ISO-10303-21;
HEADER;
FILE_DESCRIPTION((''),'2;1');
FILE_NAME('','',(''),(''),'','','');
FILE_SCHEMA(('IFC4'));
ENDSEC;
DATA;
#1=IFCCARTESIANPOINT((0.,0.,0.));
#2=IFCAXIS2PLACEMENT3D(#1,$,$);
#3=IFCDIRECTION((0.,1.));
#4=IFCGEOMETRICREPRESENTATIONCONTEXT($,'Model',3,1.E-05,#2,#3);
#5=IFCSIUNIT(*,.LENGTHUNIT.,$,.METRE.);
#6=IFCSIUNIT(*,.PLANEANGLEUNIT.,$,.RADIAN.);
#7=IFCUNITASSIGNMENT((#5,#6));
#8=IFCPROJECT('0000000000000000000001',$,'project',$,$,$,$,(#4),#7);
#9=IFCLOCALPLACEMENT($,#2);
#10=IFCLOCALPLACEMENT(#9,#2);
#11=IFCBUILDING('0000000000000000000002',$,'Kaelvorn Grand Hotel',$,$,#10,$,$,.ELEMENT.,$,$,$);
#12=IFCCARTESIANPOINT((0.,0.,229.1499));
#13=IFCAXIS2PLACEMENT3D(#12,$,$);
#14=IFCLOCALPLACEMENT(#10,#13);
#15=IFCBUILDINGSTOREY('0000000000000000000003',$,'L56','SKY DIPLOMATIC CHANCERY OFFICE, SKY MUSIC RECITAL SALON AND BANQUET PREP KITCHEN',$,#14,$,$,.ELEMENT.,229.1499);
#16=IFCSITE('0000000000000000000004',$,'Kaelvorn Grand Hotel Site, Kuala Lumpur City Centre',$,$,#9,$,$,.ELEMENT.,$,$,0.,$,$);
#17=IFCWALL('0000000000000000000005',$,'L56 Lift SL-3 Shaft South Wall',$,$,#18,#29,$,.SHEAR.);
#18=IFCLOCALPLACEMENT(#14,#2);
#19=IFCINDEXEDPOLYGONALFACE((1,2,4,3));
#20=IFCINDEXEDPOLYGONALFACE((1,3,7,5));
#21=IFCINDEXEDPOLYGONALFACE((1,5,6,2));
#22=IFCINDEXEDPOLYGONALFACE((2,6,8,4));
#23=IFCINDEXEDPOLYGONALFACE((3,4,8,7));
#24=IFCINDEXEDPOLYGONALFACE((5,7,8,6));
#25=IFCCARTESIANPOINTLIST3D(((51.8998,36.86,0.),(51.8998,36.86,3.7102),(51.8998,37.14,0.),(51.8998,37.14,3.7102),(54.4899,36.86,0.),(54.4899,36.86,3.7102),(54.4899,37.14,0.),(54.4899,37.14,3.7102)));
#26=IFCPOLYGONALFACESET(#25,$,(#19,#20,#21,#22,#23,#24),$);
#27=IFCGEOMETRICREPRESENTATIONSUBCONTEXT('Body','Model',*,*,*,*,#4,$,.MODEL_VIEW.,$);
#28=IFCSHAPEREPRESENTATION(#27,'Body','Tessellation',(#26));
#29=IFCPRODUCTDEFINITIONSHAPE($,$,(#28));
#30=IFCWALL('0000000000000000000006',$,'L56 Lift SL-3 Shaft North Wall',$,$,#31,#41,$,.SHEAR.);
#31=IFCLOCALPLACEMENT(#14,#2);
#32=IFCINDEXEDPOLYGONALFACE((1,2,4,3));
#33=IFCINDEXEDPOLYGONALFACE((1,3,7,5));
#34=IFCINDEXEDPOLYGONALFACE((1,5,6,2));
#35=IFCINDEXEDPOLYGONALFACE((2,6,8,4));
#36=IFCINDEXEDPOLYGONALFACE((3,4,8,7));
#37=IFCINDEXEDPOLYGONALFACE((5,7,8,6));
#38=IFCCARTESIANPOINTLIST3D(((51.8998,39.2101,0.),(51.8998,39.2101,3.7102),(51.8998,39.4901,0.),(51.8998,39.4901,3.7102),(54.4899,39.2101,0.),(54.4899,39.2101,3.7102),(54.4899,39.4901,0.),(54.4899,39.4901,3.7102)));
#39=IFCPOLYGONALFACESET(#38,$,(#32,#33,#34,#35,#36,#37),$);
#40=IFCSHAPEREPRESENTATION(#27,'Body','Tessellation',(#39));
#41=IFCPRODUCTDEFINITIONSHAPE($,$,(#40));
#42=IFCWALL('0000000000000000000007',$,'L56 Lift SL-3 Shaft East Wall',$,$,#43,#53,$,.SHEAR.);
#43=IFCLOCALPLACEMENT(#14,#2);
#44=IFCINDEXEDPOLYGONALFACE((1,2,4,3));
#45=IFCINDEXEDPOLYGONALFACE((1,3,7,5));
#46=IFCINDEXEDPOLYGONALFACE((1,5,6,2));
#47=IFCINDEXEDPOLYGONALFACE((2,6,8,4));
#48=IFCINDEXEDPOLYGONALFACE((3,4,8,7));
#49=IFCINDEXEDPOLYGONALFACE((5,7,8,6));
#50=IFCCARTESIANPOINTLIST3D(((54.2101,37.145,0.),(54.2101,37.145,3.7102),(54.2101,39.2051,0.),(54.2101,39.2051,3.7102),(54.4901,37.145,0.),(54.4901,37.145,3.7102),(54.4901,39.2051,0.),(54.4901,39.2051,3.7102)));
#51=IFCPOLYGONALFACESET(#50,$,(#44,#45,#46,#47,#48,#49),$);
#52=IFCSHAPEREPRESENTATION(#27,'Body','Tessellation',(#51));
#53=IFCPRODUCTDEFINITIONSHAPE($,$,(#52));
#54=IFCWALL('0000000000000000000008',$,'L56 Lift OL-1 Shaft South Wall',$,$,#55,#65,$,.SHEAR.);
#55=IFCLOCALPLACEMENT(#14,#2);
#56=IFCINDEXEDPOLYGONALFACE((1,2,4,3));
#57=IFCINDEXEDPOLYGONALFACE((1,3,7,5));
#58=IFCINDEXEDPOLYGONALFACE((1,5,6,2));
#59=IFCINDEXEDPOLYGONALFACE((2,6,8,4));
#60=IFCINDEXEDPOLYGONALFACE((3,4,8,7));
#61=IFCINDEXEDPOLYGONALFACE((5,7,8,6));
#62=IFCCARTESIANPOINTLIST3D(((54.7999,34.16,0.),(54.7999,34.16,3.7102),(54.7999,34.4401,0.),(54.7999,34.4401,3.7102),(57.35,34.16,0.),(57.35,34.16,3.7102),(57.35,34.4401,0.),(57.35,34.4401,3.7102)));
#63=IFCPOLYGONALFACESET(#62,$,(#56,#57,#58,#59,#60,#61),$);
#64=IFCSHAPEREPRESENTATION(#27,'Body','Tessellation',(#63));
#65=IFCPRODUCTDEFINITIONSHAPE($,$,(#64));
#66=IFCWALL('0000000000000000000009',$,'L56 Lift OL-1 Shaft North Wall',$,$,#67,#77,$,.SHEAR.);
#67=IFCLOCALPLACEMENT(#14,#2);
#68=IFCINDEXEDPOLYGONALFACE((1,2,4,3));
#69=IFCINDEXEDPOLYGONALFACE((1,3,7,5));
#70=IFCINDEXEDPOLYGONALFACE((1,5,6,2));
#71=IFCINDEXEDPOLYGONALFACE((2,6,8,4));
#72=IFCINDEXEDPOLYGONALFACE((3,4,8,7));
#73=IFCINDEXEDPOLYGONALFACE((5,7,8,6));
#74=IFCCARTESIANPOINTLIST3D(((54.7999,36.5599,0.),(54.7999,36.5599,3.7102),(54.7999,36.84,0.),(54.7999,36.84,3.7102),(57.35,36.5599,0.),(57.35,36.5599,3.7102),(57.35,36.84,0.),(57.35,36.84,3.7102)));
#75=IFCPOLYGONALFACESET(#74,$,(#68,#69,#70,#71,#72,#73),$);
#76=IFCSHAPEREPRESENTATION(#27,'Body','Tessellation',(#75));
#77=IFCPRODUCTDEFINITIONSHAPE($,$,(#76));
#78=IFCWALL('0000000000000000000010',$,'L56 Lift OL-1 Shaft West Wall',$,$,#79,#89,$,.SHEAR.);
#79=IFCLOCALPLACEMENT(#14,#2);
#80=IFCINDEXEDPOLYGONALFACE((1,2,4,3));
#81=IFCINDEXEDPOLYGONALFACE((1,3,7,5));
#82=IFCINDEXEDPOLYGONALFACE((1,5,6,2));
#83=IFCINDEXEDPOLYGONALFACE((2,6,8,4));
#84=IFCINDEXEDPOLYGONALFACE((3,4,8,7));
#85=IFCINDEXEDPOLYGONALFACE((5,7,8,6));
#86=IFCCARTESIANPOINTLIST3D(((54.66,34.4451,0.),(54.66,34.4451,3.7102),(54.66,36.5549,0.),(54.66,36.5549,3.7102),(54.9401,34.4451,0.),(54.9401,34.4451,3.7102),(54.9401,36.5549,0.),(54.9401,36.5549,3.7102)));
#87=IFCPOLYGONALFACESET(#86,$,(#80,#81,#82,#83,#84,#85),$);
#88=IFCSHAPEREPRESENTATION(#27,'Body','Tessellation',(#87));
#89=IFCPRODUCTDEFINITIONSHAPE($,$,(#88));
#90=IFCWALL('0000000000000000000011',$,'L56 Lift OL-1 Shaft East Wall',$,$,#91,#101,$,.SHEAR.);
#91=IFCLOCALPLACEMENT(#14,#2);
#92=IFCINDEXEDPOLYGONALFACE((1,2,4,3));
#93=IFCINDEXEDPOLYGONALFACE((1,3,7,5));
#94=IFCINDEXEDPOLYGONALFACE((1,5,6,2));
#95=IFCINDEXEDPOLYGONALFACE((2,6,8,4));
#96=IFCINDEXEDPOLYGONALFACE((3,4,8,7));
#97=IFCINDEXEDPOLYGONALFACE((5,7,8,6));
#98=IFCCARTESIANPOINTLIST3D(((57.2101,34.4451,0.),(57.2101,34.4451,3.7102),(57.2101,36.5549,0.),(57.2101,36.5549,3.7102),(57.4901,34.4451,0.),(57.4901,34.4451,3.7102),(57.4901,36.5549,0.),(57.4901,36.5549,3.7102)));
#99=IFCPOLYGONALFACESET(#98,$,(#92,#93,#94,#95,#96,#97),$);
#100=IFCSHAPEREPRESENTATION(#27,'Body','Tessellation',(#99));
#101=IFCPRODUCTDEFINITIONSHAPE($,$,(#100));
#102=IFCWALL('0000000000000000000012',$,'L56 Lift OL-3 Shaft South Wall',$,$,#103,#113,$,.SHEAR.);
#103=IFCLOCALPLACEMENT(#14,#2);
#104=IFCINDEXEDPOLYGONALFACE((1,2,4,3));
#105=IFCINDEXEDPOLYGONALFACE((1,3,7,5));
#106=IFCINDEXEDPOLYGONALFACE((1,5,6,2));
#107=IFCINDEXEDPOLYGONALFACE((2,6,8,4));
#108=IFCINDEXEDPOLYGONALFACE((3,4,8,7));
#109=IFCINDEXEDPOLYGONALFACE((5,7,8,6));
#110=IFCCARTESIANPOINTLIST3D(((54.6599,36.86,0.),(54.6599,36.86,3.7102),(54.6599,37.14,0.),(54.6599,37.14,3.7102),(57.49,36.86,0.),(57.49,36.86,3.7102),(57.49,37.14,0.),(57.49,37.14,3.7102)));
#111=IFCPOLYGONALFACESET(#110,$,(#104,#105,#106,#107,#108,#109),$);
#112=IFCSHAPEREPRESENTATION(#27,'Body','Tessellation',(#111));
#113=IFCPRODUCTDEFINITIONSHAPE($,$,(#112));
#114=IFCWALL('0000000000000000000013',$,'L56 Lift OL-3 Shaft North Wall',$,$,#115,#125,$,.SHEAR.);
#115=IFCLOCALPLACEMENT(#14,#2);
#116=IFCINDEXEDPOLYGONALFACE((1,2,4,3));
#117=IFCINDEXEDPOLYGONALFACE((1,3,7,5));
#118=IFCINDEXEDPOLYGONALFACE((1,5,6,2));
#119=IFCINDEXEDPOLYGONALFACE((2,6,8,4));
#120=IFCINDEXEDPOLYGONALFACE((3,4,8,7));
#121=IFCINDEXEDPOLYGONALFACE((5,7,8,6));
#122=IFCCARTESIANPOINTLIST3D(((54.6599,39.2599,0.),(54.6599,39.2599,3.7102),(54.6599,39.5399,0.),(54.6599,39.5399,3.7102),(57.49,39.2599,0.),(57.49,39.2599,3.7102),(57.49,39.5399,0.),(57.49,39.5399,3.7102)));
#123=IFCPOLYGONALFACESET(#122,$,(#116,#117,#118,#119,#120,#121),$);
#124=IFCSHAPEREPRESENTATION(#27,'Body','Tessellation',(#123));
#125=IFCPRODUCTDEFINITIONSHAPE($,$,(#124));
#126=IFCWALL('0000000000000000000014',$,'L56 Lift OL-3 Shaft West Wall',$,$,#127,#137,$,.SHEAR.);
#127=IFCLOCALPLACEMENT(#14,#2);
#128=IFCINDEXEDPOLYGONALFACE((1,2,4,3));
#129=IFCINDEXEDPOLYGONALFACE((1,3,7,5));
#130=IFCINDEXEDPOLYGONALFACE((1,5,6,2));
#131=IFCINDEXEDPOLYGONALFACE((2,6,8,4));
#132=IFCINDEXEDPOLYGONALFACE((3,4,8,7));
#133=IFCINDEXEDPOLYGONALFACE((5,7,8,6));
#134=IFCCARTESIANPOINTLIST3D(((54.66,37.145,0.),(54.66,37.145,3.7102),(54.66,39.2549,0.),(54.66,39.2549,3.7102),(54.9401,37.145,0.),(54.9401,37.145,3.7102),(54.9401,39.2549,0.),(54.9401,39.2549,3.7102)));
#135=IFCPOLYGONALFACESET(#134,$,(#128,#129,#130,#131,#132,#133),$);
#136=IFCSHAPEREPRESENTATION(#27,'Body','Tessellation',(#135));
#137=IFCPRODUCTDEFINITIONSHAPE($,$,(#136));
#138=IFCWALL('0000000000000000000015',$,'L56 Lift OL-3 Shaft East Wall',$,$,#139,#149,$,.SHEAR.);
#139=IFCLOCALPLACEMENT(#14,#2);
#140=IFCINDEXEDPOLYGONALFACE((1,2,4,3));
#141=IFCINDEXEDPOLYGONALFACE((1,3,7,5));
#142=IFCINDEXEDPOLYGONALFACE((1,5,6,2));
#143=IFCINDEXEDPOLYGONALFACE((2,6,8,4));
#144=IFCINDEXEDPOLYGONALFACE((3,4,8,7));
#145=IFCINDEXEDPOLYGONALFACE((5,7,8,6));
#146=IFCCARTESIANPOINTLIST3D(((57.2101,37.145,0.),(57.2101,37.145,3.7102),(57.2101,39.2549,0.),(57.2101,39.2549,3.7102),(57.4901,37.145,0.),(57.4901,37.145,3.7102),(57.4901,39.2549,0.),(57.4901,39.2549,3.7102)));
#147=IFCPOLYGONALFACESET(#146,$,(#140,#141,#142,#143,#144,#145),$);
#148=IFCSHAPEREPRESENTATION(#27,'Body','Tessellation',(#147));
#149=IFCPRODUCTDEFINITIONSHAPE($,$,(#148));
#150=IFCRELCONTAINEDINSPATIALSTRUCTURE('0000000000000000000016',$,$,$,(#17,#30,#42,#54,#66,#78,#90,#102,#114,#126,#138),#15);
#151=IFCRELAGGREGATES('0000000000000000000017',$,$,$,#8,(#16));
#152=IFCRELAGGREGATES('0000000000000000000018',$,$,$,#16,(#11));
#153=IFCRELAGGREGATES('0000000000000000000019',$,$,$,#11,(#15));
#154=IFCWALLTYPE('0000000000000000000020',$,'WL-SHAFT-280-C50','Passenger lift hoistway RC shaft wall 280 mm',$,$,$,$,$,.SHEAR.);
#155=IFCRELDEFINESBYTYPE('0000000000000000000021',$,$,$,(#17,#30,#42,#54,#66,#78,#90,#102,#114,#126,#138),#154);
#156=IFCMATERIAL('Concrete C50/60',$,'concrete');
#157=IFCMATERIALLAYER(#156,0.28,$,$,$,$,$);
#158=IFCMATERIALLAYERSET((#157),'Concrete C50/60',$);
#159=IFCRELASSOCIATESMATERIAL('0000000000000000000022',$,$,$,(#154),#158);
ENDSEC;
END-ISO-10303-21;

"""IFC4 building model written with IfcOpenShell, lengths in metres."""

from ifc_helpers import new_model, si_unit, direction, frame, frame_2d, origin, place, context, subcontext, project, spatial, rectangle, extrude, material, layer, layer_set, type_object, element, save


model = new_model("IFC4")

# Units and contexts
model_context = context("Model", 3, precision=1e-05, world=origin(), true_north=direction((0.0, 1.0)))
body_context = subcontext(model_context, "Body", "Model", "MODEL_VIEW")
ifc_project = project(units=[si_unit("LENGTHUNIT", "METRE"), si_unit("PLANEANGLEUNIT", "RADIAN")], contexts=[model_context])

# Site, building, storey
site_placement = place(None, origin())
site = spatial("IfcSite", under=ifc_project, at=site_placement, Name="Kaelvorn Grand Hotel Site, Kuala Lumpur City Centre", CompositionType="ELEMENT", RefElevation=0.0)
building_placement = place(site_placement, origin())
building = spatial("IfcBuilding", under=site, at=building_placement, Name="Kaelvorn Grand Hotel", CompositionType="ELEMENT")
storey_placement = place(building_placement, frame((0.0, 0.0, 229.1499)))
storey = spatial("IfcBuildingStorey", under=building, at=storey_placement, Name="L56", Description="SKY DIPLOMATIC CHANCERY OFFICE, SKY MUSIC RECITAL SALON AND BANQUET PREP KITCHEN", CompositionType="ELEMENT", Elevation=229.1499)

# Shared definitions
ifc_material_1 = material(Name="Concrete C50/60", Category="concrete")

# Walls
ifc_layer_1 = layer(ifc_material_1, 0.28)
ifc_layer_set_1 = layer_set([ifc_layer_1], Name="Concrete C50/60")
wall_type_1 = type_object("IfcWallType", Name="WL-SHAFT-280-C50", Description="Passenger lift hoistway RC shaft wall 280 mm", PredefinedType="SHEAR", material=ifc_layer_set_1)
for number, where, z_axis, x_axis, name in (
    (1, (51.8999, 37.0, 0.0), (0.0, 0.0, 1.0), (1.0, 0.0, 0.0), "L56 Lift SL-3 Shaft South Wall"),
    (2, (51.8999, 39.3501, 0.0), (0.0, 0.0, 1.0), (1.0, 0.0, 0.0), "L56 Lift SL-3 Shaft North Wall"),
):
    element("IfcWall", number, at=place(storey_placement, frame(where, z_axis=z_axis, x_axis=x_axis)), inside=storey, type_object=wall_type_1, Name=name, PredefinedType="SHEAR", context=body_context, shape_type="SweptSolid", body=[
        extrude(rectangle(XDim=2.5901, YDim=0.28, at=frame_2d((1.2949, 0.0))), origin(), (0.0, 0.0, 1.0), 3.7102),
    ])
wall_1_placement = place(storey_placement, frame((54.3501, 37.145, 0.0), z_axis=(0.0, 0.0, 1.0), x_axis=(0.0, 1.0, 0.0)))
element("IfcWall", 3, at=wall_1_placement, inside=storey, type_object=wall_type_1, Name="L56 Lift SL-3 Shaft East Wall", PredefinedType="SHEAR", context=body_context, shape_type="SweptSolid", body=[
    extrude(rectangle(XDim=2.0601, YDim=0.28, at=frame_2d((1.03, 0.0))), origin(), (0.0, 0.0, 1.0), 3.7102),
])
for number, where, z_axis, x_axis, name in (
    (4, (54.8, 34.3, 0.0), (0.0, 0.0, 1.0), (1.0, 0.0, 0.0), "L56 Lift OL-1 Shaft South Wall"),
    (5, (54.8, 36.7, 0.0), (0.0, 0.0, 1.0), (1.0, 0.0, 0.0), "L56 Lift OL-1 Shaft North Wall"),
):
    element("IfcWall", number, at=place(storey_placement, frame(where, z_axis=z_axis, x_axis=x_axis)), inside=storey, type_object=wall_type_1, Name=name, PredefinedType="SHEAR", context=body_context, shape_type="SweptSolid", body=[
        extrude(rectangle(XDim=2.55, YDim=0.28, at=frame_2d((1.2749, 0.0))), origin(), (0.0, 0.0, 1.0), 3.7102),
    ])
for number, where, z_axis, x_axis, name in (
    (6, (54.8, 34.4451, 0.0), (0.0, 0.0, 1.0), (0.0, 1.0, 0.0), "L56 Lift OL-1 Shaft West Wall"),
    (7, (57.3501, 34.4451, 0.0), (0.0, 0.0, 1.0), (0.0, 1.0, 0.0), "L56 Lift OL-1 Shaft East Wall"),
):
    element("IfcWall", number, at=place(storey_placement, frame(where, z_axis=z_axis, x_axis=x_axis)), inside=storey, type_object=wall_type_1, Name=name, PredefinedType="SHEAR", context=body_context, shape_type="SweptSolid", body=[
        extrude(rectangle(XDim=2.1099, YDim=0.28, at=frame_2d((1.0549, 0.0))), origin(), (0.0, 0.0, 1.0), 3.7102),
    ])
for number, where, z_axis, x_axis, name in (
    (8, (54.6599, 37.0, 0.0), (0.0, 0.0, 1.0), (1.0, 0.0, 0.0), "L56 Lift OL-3 Shaft South Wall"),
    (9, (54.6599, 39.3999, 0.0), (0.0, 0.0, 1.0), (1.0, 0.0, 0.0), "L56 Lift OL-3 Shaft North Wall"),
):
    element("IfcWall", number, at=place(storey_placement, frame(where, z_axis=z_axis, x_axis=x_axis)), inside=storey, type_object=wall_type_1, Name=name, PredefinedType="SHEAR", context=body_context, shape_type="SweptSolid", body=[
        extrude(rectangle(XDim=2.8301, YDim=0.28, at=frame_2d((1.415, 0.0))), origin(), (0.0, 0.0, 1.0), 3.7102),
    ])
for number, where, z_axis, x_axis, name in (
    (10, (54.8, 37.145, 0.0), (0.0, 0.0, 1.0), (0.0, 1.0, 0.0), "L56 Lift OL-3 Shaft West Wall"),
    (11, (57.3501, 37.145, 0.0), (0.0, 0.0, 1.0), (0.0, 1.0, 0.0), "L56 Lift OL-3 Shaft East Wall"),
):
    element("IfcWall", number, at=place(storey_placement, frame(where, z_axis=z_axis, x_axis=x_axis)), inside=storey, type_object=wall_type_1, Name=name, PredefinedType="SHEAR", context=body_context, shape_type="SweptSolid", body=[
        extrude(rectangle(XDim=2.1099, YDim=0.28, at=frame_2d((1.0549, 0.0))), origin(), (0.0, 0.0, 1.0), 3.7102),
    ])

save(model, "model.ifc")
